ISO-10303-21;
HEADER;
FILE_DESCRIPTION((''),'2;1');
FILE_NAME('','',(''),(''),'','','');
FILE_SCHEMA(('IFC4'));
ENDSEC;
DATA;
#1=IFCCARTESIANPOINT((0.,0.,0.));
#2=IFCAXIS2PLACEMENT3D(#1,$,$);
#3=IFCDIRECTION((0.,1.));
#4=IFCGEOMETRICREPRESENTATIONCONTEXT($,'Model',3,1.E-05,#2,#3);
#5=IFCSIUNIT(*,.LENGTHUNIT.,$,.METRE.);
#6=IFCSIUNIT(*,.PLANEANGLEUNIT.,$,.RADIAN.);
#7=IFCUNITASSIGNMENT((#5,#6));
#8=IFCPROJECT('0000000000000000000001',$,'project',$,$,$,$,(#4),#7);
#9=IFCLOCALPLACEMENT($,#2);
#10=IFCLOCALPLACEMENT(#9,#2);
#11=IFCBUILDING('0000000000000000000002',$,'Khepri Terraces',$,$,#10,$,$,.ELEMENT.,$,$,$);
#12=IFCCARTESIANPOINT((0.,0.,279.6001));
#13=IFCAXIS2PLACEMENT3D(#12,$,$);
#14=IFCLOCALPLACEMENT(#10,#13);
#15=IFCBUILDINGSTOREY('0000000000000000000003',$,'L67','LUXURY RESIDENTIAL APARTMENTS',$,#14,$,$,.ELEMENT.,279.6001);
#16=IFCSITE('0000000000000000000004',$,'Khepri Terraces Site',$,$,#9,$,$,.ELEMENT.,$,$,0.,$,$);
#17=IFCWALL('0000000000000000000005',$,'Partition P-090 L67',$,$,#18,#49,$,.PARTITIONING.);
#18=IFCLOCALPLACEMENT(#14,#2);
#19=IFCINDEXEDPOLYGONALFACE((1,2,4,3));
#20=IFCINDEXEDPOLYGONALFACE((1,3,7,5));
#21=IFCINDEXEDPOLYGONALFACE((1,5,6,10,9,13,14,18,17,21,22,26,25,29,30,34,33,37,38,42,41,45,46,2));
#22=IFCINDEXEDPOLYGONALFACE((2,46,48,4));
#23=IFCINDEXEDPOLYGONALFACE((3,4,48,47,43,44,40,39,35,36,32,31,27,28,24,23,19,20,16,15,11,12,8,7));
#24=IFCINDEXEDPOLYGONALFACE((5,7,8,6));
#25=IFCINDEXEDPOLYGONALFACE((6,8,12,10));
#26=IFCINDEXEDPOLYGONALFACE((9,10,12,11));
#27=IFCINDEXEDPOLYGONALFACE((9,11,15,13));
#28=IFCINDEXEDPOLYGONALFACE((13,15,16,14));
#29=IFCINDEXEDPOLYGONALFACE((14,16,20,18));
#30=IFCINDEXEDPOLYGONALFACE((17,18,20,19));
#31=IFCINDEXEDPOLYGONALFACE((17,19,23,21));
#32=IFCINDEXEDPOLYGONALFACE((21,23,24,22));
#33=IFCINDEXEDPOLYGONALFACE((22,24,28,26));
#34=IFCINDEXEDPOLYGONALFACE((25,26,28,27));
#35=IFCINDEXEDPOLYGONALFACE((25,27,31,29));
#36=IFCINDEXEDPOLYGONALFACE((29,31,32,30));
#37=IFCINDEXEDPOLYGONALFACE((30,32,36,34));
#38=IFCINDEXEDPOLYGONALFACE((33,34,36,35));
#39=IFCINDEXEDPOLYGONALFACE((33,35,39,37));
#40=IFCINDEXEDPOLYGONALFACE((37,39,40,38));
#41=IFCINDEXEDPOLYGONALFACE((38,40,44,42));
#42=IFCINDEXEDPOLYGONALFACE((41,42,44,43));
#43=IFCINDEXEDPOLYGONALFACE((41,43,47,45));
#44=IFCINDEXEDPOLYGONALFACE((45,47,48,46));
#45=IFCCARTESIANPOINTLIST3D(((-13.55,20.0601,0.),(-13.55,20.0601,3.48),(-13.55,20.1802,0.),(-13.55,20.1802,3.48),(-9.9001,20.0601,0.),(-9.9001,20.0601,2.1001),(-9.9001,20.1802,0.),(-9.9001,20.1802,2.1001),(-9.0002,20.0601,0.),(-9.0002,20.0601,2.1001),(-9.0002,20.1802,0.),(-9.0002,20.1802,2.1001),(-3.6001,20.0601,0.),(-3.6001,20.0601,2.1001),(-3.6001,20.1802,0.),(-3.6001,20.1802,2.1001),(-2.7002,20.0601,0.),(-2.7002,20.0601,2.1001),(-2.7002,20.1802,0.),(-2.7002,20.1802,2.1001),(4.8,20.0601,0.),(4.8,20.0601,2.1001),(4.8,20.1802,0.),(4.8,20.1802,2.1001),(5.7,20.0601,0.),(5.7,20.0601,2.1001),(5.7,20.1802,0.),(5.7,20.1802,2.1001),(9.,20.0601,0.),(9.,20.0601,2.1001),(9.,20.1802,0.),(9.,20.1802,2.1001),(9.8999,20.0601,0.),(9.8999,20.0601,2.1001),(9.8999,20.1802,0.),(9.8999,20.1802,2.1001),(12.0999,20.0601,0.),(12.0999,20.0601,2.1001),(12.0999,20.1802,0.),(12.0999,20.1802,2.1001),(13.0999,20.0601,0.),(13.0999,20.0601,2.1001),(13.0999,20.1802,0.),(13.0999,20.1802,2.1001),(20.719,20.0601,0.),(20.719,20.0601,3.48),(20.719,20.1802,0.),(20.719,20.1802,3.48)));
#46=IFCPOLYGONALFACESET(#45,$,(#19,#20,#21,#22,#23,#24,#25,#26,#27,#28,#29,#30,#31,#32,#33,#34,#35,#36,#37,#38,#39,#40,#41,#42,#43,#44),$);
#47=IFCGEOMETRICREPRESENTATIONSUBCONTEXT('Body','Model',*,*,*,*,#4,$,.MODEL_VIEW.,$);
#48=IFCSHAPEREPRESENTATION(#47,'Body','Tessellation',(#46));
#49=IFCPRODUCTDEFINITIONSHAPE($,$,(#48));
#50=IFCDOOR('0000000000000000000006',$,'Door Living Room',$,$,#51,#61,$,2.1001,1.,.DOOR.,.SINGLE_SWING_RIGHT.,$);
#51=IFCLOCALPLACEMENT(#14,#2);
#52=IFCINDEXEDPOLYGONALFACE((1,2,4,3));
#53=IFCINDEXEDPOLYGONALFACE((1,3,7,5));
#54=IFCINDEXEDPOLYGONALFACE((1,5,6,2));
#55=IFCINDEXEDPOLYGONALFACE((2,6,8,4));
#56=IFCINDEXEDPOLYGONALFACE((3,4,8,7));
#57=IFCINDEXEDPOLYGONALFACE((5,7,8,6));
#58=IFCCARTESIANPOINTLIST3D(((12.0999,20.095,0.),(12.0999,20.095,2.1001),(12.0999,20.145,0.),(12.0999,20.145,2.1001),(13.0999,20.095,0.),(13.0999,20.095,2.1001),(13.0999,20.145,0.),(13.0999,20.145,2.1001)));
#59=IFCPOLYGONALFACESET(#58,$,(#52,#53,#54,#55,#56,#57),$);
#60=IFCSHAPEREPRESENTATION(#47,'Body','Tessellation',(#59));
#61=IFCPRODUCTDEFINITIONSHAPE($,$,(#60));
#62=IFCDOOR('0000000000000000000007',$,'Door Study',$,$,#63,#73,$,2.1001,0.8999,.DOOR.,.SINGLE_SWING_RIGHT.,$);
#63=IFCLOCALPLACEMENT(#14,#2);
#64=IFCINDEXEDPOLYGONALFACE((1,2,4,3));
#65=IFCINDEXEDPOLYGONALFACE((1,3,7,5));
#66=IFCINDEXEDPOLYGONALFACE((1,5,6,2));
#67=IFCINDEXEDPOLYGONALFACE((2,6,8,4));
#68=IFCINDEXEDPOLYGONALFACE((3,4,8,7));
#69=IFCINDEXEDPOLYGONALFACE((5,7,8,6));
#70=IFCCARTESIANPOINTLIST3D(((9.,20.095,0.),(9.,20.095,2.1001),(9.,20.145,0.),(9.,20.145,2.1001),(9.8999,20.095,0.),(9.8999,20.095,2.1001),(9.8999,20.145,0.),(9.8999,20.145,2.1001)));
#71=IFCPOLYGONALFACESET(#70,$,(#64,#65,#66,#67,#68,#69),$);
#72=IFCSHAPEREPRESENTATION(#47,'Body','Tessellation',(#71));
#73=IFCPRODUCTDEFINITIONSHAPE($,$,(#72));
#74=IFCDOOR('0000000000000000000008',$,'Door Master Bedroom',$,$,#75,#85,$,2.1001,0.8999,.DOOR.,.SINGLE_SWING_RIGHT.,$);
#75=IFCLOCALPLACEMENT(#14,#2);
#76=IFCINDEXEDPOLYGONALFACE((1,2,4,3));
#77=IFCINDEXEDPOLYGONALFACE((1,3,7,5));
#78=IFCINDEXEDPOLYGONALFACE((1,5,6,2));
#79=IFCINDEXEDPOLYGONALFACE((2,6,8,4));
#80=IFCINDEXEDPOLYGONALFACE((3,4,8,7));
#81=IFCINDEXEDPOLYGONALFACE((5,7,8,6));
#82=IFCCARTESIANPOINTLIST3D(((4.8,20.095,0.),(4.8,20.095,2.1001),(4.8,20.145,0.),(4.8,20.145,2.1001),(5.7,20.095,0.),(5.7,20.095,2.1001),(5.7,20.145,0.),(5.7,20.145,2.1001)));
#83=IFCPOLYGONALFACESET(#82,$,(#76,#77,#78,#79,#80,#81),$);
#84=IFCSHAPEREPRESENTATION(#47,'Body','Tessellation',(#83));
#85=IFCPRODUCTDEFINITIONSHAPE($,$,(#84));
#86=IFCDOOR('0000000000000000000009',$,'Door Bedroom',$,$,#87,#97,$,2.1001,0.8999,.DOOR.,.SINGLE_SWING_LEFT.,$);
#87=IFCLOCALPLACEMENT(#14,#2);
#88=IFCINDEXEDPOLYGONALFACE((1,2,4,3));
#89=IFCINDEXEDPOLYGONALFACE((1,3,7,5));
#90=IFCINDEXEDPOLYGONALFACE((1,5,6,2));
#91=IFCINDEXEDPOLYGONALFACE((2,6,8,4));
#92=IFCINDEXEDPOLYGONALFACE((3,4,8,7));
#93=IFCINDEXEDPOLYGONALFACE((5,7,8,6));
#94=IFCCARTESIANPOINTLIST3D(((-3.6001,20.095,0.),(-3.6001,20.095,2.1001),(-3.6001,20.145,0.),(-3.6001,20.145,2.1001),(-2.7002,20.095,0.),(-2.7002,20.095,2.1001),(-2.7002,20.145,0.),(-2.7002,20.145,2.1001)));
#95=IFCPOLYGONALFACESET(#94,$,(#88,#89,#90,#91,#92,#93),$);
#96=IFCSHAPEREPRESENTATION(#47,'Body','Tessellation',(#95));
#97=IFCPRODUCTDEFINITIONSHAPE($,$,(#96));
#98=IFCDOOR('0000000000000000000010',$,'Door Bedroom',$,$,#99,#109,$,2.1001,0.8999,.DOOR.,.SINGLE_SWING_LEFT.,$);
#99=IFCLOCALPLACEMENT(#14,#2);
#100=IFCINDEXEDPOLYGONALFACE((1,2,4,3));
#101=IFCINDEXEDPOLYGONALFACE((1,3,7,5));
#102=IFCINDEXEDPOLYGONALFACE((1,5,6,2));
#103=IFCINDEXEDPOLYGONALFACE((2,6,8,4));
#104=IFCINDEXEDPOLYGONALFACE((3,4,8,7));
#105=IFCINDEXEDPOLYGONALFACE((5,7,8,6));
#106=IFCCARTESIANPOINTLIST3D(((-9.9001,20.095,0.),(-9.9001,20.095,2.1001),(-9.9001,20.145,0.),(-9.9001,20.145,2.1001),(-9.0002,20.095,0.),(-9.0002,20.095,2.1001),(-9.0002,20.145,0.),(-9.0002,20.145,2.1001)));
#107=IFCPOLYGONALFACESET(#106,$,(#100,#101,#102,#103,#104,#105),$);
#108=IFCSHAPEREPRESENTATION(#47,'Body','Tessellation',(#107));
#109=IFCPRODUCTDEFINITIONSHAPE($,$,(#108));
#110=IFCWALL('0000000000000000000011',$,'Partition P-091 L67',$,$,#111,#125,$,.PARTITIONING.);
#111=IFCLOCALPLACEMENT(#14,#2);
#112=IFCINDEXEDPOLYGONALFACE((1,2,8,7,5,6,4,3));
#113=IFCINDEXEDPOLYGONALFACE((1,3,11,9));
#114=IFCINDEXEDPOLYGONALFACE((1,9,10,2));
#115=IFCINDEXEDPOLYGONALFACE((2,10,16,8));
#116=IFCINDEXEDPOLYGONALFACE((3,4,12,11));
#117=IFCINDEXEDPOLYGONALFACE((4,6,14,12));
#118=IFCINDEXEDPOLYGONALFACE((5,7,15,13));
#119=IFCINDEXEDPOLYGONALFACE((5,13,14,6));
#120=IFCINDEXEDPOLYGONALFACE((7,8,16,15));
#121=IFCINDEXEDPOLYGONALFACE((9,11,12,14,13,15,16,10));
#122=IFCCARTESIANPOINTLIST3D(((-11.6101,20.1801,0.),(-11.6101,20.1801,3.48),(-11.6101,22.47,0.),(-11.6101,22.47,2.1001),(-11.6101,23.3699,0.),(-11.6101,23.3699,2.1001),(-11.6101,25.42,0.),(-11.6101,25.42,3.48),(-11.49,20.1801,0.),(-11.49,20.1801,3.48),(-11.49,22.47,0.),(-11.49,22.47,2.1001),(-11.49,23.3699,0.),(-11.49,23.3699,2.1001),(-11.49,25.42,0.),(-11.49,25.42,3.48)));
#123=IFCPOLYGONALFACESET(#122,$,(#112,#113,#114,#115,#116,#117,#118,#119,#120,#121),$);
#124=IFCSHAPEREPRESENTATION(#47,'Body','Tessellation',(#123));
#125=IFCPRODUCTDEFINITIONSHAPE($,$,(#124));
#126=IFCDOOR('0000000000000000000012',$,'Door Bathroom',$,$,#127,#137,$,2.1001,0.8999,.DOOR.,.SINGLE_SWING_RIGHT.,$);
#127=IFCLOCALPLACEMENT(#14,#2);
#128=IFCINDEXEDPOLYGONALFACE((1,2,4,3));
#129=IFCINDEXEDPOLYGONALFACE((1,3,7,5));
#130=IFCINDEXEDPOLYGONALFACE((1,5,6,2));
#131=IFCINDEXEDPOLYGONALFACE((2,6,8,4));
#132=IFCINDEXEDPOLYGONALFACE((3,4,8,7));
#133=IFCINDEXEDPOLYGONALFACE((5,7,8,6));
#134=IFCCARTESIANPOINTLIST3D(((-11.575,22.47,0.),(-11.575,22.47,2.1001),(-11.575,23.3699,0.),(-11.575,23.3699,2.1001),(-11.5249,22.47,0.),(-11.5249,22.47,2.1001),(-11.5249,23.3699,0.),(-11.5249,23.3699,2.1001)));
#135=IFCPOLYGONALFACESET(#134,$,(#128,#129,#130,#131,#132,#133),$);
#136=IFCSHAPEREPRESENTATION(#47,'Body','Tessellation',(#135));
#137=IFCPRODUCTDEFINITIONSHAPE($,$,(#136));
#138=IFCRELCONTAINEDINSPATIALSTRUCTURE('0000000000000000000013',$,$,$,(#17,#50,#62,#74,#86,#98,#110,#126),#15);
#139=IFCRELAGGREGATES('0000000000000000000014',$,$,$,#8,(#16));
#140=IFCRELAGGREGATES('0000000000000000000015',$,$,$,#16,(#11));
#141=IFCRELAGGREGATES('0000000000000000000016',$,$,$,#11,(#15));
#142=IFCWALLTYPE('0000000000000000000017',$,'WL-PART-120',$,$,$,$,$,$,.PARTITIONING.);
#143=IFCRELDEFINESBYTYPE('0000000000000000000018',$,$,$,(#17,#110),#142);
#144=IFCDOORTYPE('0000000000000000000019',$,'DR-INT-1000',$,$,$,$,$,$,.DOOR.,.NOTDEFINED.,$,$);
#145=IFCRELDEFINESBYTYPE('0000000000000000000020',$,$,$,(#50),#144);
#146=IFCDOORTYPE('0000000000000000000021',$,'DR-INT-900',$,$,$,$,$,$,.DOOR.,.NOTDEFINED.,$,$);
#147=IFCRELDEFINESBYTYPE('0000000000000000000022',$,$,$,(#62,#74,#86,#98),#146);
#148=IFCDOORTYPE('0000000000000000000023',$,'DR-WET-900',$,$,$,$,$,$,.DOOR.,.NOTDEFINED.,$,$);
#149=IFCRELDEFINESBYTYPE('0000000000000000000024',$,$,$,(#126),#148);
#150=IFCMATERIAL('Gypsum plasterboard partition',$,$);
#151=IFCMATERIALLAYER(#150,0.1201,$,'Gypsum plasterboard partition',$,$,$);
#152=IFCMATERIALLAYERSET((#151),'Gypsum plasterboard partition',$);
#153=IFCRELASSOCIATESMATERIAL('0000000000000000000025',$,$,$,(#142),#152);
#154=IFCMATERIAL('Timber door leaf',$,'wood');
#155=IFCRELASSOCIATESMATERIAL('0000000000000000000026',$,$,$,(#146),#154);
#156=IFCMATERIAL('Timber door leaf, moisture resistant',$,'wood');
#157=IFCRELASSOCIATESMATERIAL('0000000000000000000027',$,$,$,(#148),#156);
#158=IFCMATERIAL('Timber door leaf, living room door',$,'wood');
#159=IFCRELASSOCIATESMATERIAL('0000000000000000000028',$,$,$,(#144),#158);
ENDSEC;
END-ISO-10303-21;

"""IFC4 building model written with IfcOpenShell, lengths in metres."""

from ifc_helpers import new_model, si_unit, direction, frame, frame_2d, origin, place, context, subcontext, project, spatial, rectangle, extrude, material, layer, layer_set, type_object, element, fill, save


model = new_model("IFC4")

# Units and contexts
model_context = context("Model", 3, precision=1e-05, world=origin(), true_north=direction((0.0, 1.0)))
body_context = subcontext(model_context, "Body", "Model", "MODEL_VIEW")
ifc_project = project(units=[si_unit("LENGTHUNIT", "METRE"), si_unit("PLANEANGLEUNIT", "RADIAN")], contexts=[model_context])

# Site, building, storey
site_placement = place(None, origin())
site = spatial("IfcSite", under=ifc_project, at=site_placement, Name="Khepri Terraces Site", CompositionType="ELEMENT", RefElevation=0.0)
building_placement = place(site_placement, origin())
building = spatial("IfcBuilding", under=site, at=building_placement, Name="Khepri Terraces", CompositionType="ELEMENT")
storey_placement = place(building_placement, frame((0.0, 0.0, 279.6001)))
storey = spatial("IfcBuildingStorey", under=building, at=storey_placement, Name="L67", Description="LUXURY RESIDENTIAL APARTMENTS", CompositionType="ELEMENT", Elevation=279.6001)

# Wall, openings, doors
ifc_material_1 = material(Name="Gypsum plasterboard partition")
ifc_layer_1 = layer(ifc_material_1, 0.1201, Name="Gypsum plasterboard partition")
ifc_layer_set_1 = layer_set([ifc_layer_1], Name="Gypsum plasterboard partition")
wall_type_1 = type_object("IfcWallType", Name="WL-PART-120", PredefinedType="PARTITIONING", material=ifc_layer_set_1)
ifc_material_2 = material(Name="Timber door leaf", Category="wood")
door_type_1 = type_object("IfcDoorType", Name="DR-INT-900", OperationType="NOTDEFINED", PredefinedType="DOOR", material=ifc_material_2)
ifc_material_3 = material(Name="Timber door leaf, moisture resistant", Category="wood")
door_type_2 = type_object("IfcDoorType", Name="DR-WET-900", OperationType="NOTDEFINED", PredefinedType="DOOR", material=ifc_material_3)
wall_1_placement = place(storey_placement, frame((-13.55, 20.1201, 0.0), z_axis=(0.0, 0.0, 1.0), x_axis=(1.0, 0.0, 0.0)))
wall_1 = element("IfcWall", 1, at=wall_1_placement, inside=storey, type_object=wall_type_1, Name="Partition P-090 L67", PredefinedType="PARTITIONING", context=body_context, shape_type="SweptSolid", body=[
    extrude(rectangle(XDim=34.269, YDim=0.1201, at=frame_2d((17.1345, 0.0))), origin(), (0.0, 0.0, 1.0), 3.48),
])
opening_1_placement = place(wall_1_placement, frame((25.6499, 0.0, 0.0)))
opening_1 = element("IfcOpeningElement", 2, at=opening_1_placement, cuts=wall_1, PredefinedType="OPENING", context=body_context, shape_type="SweptSolid", body=[
    extrude(rectangle(XDim=1.0, YDim=2.1001, at=frame_2d((0.5, 1.05))), frame((0.0, 0.0701, 0.0), z_axis=(0.0, -1.0, 0.0), x_axis=(1.0, 0.0, 0.0)), (0.0, 0.0, 1.0), 0.1401),
])
opening_2_placement = place(wall_1_placement, frame((22.55, 0.0, 0.0)))
opening_2 = element("IfcOpeningElement", 3, at=opening_2_placement, cuts=wall_1, PredefinedType="OPENING", context=body_context, shape_type="SweptSolid", body=[
    extrude(rectangle(XDim=0.8999, YDim=2.1001, at=frame_2d((0.45, 1.05))), frame((0.0, 0.0701, 0.0), z_axis=(0.0, -1.0, 0.0), x_axis=(1.0, 0.0, 0.0)), (0.0, 0.0, 1.0), 0.1401),
])
opening_3_placement = place(wall_1_placement, frame((18.3501, 0.0, 0.0)))
opening_3 = element("IfcOpeningElement", 4, at=opening_3_placement, cuts=wall_1, PredefinedType="OPENING", context=body_context, shape_type="SweptSolid", body=[
    extrude(rectangle(XDim=0.8999, YDim=2.1001, at=frame_2d((0.45, 1.05))), frame((0.0, 0.0701, 0.0), z_axis=(0.0, -1.0, 0.0), x_axis=(1.0, 0.0, 0.0)), (0.0, 0.0, 1.0), 0.1401),
])
opening_4_placement = place(wall_1_placement, frame((9.95, 0.0, 0.0)))
opening_4 = element("IfcOpeningElement", 5, at=opening_4_placement, cuts=wall_1, PredefinedType="OPENING", context=body_context, shape_type="SweptSolid", body=[
    extrude(rectangle(XDim=0.8999, YDim=2.1001, at=frame_2d((0.45, 1.05))), frame((0.0, 0.0701, 0.0), z_axis=(0.0, -1.0, 0.0), x_axis=(1.0, 0.0, 0.0)), (0.0, 0.0, 1.0), 0.1401),
])
opening_5_placement = place(wall_1_placement, frame((3.6499, 0.0, 0.0)))
opening_5 = element("IfcOpeningElement", 6, at=opening_5_placement, cuts=wall_1, PredefinedType="OPENING", context=body_context, shape_type="SweptSolid", body=[
    extrude(rectangle(XDim=0.8999, YDim=2.1001, at=frame_2d((0.45, 1.05))), frame((0.0, 0.0701, 0.0), z_axis=(0.0, -1.0, 0.0), x_axis=(1.0, 0.0, 0.0)), (0.0, 0.0, 1.0), 0.1401),
])
ifc_material_4 = material(Name="Timber door leaf, living room door", Category="wood")
door_type_3 = type_object("IfcDoorType", Name="DR-INT-1000", OperationType="NOTDEFINED", PredefinedType="DOOR", material=ifc_material_4)
door_1_placement = place(opening_1_placement, origin())
door_1 = element("IfcDoor", 7, at=door_1_placement, inside=storey, type_object=door_type_3, Name="Door Living Room", OperationType="SINGLE_SWING_RIGHT", OverallHeight=2.1001, OverallWidth=1.0, PredefinedType="DOOR", context=body_context, shape_type="SweptSolid", body=[
    extrude(rectangle(XDim=1.0, YDim=2.1001, at=frame_2d((0.5, 1.05))), frame((0.0, 0.0249, 0.0), z_axis=(0.0, -1.0, 0.0), x_axis=(1.0, 0.0, 0.0)), (0.0, 0.0, 1.0), 0.05),
])
fill(opening_1, door_1)
door_2_placement = place(opening_2_placement, origin())
door_2 = element("IfcDoor", 8, at=door_2_placement, inside=storey, type_object=door_type_1, Name="Door Study", OperationType="SINGLE_SWING_RIGHT", OverallHeight=2.1001, OverallWidth=0.8999, PredefinedType="DOOR", context=body_context, shape_type="SweptSolid", body=[
    extrude(rectangle(XDim=0.8999, YDim=2.1001, at=frame_2d((0.45, 1.05))), frame((0.0, 0.0249, 0.0), z_axis=(0.0, -1.0, 0.0), x_axis=(1.0, 0.0, 0.0)), (0.0, 0.0, 1.0), 0.05),
])
fill(opening_2, door_2)
door_3_placement = place(opening_3_placement, origin())
door_3 = element("IfcDoor", 9, at=door_3_placement, inside=storey, type_object=door_type_1, Name="Door Master Bedroom", OperationType="SINGLE_SWING_RIGHT", OverallHeight=2.1001, OverallWidth=0.8999, PredefinedType="DOOR", context=body_context, shape_type="SweptSolid", body=[
    extrude(rectangle(XDim=0.8999, YDim=2.1001, at=frame_2d((0.45, 1.05))), frame((0.0, 0.0249, 0.0), z_axis=(0.0, -1.0, 0.0), x_axis=(1.0, 0.0, 0.0)), (0.0, 0.0, 1.0), 0.05),
])
fill(opening_3, door_3)
door_4_placement = place(opening_4_placement, origin())
door_4 = element("IfcDoor", 10, at=door_4_placement, inside=storey, type_object=door_type_1, Name="Door Bedroom", OperationType="SINGLE_SWING_LEFT", OverallHeight=2.1001, OverallWidth=0.8999, PredefinedType="DOOR", context=body_context, shape_type="SweptSolid", body=[
    extrude(rectangle(XDim=0.8999, YDim=2.1001, at=frame_2d((0.45, 1.05))), frame((0.0, 0.0249, 0.0), z_axis=(0.0, -1.0, 0.0), x_axis=(1.0, 0.0, 0.0)), (0.0, 0.0, 1.0), 0.05),
])
fill(opening_4, door_4)
door_5_placement = place(opening_5_placement, origin())
door_5 = element("IfcDoor", 11, at=door_5_placement, inside=storey, type_object=door_type_1, Name="Door Bedroom", OperationType="SINGLE_SWING_LEFT", OverallHeight=2.1001, OverallWidth=0.8999, PredefinedType="DOOR", context=body_context, shape_type="SweptSolid", body=[
    extrude(rectangle(XDim=0.8999, YDim=2.1001, at=frame_2d((0.45, 1.05))), frame((0.0, 0.0249, 0.0), z_axis=(0.0, -1.0, 0.0), x_axis=(1.0, 0.0, 0.0)), (0.0, 0.0, 1.0), 0.05),
])
fill(opening_5, door_5)

# Wall, opening, door
wall_2_placement = place(storey_placement, frame((-11.55, 20.1799, 0.0), z_axis=(0.0, 0.0, 1.0), x_axis=(0.0, 1.0, 0.0)))
wall_2 = element("IfcWall", 12, at=wall_2_placement, inside=storey, type_object=wall_type_1, Name="Partition P-091 L67", PredefinedType="PARTITIONING", context=body_context, shape_type="SweptSolid", body=[
    extrude(rectangle(XDim=5.24, YDim=0.1201, at=frame_2d((2.6201, 0.0))), origin(), (0.0, 0.0, 1.0), 3.48),
])
opening_6_placement = place(wall_2_placement, frame((2.29, 0.0, 0.0)))
opening_6 = element("IfcOpeningElement", 13, at=opening_6_placement, cuts=wall_2, PredefinedType="OPENING", context=body_context, shape_type="SweptSolid", body=[
    extrude(rectangle(XDim=0.8999, YDim=2.1001, at=frame_2d((0.45, 1.05))), frame((0.0, 0.0701, 0.0), z_axis=(0.0, -1.0, 0.0), x_axis=(1.0, 0.0, 0.0)), (0.0, 0.0, 1.0), 0.1401),
])
door_6_placement = place(opening_6_placement, origin())
door_6 = element("IfcDoor", 14, at=door_6_placement, inside=storey, type_object=door_type_2, Name="Door Bathroom", OperationType="SINGLE_SWING_RIGHT", OverallHeight=2.1001, OverallWidth=0.8999, PredefinedType="DOOR", context=body_context, shape_type="SweptSolid", body=[
    extrude(rectangle(XDim=0.8999, YDim=2.1001, at=frame_2d((0.45, 1.05))), frame((0.0, 0.0249, 0.0), z_axis=(0.0, -1.0, 0.0), x_axis=(1.0, 0.0, 0.0)), (0.0, 0.0, 1.0), 0.05),
])
fill(opening_6, door_6)

save(model, "model.ifc")
